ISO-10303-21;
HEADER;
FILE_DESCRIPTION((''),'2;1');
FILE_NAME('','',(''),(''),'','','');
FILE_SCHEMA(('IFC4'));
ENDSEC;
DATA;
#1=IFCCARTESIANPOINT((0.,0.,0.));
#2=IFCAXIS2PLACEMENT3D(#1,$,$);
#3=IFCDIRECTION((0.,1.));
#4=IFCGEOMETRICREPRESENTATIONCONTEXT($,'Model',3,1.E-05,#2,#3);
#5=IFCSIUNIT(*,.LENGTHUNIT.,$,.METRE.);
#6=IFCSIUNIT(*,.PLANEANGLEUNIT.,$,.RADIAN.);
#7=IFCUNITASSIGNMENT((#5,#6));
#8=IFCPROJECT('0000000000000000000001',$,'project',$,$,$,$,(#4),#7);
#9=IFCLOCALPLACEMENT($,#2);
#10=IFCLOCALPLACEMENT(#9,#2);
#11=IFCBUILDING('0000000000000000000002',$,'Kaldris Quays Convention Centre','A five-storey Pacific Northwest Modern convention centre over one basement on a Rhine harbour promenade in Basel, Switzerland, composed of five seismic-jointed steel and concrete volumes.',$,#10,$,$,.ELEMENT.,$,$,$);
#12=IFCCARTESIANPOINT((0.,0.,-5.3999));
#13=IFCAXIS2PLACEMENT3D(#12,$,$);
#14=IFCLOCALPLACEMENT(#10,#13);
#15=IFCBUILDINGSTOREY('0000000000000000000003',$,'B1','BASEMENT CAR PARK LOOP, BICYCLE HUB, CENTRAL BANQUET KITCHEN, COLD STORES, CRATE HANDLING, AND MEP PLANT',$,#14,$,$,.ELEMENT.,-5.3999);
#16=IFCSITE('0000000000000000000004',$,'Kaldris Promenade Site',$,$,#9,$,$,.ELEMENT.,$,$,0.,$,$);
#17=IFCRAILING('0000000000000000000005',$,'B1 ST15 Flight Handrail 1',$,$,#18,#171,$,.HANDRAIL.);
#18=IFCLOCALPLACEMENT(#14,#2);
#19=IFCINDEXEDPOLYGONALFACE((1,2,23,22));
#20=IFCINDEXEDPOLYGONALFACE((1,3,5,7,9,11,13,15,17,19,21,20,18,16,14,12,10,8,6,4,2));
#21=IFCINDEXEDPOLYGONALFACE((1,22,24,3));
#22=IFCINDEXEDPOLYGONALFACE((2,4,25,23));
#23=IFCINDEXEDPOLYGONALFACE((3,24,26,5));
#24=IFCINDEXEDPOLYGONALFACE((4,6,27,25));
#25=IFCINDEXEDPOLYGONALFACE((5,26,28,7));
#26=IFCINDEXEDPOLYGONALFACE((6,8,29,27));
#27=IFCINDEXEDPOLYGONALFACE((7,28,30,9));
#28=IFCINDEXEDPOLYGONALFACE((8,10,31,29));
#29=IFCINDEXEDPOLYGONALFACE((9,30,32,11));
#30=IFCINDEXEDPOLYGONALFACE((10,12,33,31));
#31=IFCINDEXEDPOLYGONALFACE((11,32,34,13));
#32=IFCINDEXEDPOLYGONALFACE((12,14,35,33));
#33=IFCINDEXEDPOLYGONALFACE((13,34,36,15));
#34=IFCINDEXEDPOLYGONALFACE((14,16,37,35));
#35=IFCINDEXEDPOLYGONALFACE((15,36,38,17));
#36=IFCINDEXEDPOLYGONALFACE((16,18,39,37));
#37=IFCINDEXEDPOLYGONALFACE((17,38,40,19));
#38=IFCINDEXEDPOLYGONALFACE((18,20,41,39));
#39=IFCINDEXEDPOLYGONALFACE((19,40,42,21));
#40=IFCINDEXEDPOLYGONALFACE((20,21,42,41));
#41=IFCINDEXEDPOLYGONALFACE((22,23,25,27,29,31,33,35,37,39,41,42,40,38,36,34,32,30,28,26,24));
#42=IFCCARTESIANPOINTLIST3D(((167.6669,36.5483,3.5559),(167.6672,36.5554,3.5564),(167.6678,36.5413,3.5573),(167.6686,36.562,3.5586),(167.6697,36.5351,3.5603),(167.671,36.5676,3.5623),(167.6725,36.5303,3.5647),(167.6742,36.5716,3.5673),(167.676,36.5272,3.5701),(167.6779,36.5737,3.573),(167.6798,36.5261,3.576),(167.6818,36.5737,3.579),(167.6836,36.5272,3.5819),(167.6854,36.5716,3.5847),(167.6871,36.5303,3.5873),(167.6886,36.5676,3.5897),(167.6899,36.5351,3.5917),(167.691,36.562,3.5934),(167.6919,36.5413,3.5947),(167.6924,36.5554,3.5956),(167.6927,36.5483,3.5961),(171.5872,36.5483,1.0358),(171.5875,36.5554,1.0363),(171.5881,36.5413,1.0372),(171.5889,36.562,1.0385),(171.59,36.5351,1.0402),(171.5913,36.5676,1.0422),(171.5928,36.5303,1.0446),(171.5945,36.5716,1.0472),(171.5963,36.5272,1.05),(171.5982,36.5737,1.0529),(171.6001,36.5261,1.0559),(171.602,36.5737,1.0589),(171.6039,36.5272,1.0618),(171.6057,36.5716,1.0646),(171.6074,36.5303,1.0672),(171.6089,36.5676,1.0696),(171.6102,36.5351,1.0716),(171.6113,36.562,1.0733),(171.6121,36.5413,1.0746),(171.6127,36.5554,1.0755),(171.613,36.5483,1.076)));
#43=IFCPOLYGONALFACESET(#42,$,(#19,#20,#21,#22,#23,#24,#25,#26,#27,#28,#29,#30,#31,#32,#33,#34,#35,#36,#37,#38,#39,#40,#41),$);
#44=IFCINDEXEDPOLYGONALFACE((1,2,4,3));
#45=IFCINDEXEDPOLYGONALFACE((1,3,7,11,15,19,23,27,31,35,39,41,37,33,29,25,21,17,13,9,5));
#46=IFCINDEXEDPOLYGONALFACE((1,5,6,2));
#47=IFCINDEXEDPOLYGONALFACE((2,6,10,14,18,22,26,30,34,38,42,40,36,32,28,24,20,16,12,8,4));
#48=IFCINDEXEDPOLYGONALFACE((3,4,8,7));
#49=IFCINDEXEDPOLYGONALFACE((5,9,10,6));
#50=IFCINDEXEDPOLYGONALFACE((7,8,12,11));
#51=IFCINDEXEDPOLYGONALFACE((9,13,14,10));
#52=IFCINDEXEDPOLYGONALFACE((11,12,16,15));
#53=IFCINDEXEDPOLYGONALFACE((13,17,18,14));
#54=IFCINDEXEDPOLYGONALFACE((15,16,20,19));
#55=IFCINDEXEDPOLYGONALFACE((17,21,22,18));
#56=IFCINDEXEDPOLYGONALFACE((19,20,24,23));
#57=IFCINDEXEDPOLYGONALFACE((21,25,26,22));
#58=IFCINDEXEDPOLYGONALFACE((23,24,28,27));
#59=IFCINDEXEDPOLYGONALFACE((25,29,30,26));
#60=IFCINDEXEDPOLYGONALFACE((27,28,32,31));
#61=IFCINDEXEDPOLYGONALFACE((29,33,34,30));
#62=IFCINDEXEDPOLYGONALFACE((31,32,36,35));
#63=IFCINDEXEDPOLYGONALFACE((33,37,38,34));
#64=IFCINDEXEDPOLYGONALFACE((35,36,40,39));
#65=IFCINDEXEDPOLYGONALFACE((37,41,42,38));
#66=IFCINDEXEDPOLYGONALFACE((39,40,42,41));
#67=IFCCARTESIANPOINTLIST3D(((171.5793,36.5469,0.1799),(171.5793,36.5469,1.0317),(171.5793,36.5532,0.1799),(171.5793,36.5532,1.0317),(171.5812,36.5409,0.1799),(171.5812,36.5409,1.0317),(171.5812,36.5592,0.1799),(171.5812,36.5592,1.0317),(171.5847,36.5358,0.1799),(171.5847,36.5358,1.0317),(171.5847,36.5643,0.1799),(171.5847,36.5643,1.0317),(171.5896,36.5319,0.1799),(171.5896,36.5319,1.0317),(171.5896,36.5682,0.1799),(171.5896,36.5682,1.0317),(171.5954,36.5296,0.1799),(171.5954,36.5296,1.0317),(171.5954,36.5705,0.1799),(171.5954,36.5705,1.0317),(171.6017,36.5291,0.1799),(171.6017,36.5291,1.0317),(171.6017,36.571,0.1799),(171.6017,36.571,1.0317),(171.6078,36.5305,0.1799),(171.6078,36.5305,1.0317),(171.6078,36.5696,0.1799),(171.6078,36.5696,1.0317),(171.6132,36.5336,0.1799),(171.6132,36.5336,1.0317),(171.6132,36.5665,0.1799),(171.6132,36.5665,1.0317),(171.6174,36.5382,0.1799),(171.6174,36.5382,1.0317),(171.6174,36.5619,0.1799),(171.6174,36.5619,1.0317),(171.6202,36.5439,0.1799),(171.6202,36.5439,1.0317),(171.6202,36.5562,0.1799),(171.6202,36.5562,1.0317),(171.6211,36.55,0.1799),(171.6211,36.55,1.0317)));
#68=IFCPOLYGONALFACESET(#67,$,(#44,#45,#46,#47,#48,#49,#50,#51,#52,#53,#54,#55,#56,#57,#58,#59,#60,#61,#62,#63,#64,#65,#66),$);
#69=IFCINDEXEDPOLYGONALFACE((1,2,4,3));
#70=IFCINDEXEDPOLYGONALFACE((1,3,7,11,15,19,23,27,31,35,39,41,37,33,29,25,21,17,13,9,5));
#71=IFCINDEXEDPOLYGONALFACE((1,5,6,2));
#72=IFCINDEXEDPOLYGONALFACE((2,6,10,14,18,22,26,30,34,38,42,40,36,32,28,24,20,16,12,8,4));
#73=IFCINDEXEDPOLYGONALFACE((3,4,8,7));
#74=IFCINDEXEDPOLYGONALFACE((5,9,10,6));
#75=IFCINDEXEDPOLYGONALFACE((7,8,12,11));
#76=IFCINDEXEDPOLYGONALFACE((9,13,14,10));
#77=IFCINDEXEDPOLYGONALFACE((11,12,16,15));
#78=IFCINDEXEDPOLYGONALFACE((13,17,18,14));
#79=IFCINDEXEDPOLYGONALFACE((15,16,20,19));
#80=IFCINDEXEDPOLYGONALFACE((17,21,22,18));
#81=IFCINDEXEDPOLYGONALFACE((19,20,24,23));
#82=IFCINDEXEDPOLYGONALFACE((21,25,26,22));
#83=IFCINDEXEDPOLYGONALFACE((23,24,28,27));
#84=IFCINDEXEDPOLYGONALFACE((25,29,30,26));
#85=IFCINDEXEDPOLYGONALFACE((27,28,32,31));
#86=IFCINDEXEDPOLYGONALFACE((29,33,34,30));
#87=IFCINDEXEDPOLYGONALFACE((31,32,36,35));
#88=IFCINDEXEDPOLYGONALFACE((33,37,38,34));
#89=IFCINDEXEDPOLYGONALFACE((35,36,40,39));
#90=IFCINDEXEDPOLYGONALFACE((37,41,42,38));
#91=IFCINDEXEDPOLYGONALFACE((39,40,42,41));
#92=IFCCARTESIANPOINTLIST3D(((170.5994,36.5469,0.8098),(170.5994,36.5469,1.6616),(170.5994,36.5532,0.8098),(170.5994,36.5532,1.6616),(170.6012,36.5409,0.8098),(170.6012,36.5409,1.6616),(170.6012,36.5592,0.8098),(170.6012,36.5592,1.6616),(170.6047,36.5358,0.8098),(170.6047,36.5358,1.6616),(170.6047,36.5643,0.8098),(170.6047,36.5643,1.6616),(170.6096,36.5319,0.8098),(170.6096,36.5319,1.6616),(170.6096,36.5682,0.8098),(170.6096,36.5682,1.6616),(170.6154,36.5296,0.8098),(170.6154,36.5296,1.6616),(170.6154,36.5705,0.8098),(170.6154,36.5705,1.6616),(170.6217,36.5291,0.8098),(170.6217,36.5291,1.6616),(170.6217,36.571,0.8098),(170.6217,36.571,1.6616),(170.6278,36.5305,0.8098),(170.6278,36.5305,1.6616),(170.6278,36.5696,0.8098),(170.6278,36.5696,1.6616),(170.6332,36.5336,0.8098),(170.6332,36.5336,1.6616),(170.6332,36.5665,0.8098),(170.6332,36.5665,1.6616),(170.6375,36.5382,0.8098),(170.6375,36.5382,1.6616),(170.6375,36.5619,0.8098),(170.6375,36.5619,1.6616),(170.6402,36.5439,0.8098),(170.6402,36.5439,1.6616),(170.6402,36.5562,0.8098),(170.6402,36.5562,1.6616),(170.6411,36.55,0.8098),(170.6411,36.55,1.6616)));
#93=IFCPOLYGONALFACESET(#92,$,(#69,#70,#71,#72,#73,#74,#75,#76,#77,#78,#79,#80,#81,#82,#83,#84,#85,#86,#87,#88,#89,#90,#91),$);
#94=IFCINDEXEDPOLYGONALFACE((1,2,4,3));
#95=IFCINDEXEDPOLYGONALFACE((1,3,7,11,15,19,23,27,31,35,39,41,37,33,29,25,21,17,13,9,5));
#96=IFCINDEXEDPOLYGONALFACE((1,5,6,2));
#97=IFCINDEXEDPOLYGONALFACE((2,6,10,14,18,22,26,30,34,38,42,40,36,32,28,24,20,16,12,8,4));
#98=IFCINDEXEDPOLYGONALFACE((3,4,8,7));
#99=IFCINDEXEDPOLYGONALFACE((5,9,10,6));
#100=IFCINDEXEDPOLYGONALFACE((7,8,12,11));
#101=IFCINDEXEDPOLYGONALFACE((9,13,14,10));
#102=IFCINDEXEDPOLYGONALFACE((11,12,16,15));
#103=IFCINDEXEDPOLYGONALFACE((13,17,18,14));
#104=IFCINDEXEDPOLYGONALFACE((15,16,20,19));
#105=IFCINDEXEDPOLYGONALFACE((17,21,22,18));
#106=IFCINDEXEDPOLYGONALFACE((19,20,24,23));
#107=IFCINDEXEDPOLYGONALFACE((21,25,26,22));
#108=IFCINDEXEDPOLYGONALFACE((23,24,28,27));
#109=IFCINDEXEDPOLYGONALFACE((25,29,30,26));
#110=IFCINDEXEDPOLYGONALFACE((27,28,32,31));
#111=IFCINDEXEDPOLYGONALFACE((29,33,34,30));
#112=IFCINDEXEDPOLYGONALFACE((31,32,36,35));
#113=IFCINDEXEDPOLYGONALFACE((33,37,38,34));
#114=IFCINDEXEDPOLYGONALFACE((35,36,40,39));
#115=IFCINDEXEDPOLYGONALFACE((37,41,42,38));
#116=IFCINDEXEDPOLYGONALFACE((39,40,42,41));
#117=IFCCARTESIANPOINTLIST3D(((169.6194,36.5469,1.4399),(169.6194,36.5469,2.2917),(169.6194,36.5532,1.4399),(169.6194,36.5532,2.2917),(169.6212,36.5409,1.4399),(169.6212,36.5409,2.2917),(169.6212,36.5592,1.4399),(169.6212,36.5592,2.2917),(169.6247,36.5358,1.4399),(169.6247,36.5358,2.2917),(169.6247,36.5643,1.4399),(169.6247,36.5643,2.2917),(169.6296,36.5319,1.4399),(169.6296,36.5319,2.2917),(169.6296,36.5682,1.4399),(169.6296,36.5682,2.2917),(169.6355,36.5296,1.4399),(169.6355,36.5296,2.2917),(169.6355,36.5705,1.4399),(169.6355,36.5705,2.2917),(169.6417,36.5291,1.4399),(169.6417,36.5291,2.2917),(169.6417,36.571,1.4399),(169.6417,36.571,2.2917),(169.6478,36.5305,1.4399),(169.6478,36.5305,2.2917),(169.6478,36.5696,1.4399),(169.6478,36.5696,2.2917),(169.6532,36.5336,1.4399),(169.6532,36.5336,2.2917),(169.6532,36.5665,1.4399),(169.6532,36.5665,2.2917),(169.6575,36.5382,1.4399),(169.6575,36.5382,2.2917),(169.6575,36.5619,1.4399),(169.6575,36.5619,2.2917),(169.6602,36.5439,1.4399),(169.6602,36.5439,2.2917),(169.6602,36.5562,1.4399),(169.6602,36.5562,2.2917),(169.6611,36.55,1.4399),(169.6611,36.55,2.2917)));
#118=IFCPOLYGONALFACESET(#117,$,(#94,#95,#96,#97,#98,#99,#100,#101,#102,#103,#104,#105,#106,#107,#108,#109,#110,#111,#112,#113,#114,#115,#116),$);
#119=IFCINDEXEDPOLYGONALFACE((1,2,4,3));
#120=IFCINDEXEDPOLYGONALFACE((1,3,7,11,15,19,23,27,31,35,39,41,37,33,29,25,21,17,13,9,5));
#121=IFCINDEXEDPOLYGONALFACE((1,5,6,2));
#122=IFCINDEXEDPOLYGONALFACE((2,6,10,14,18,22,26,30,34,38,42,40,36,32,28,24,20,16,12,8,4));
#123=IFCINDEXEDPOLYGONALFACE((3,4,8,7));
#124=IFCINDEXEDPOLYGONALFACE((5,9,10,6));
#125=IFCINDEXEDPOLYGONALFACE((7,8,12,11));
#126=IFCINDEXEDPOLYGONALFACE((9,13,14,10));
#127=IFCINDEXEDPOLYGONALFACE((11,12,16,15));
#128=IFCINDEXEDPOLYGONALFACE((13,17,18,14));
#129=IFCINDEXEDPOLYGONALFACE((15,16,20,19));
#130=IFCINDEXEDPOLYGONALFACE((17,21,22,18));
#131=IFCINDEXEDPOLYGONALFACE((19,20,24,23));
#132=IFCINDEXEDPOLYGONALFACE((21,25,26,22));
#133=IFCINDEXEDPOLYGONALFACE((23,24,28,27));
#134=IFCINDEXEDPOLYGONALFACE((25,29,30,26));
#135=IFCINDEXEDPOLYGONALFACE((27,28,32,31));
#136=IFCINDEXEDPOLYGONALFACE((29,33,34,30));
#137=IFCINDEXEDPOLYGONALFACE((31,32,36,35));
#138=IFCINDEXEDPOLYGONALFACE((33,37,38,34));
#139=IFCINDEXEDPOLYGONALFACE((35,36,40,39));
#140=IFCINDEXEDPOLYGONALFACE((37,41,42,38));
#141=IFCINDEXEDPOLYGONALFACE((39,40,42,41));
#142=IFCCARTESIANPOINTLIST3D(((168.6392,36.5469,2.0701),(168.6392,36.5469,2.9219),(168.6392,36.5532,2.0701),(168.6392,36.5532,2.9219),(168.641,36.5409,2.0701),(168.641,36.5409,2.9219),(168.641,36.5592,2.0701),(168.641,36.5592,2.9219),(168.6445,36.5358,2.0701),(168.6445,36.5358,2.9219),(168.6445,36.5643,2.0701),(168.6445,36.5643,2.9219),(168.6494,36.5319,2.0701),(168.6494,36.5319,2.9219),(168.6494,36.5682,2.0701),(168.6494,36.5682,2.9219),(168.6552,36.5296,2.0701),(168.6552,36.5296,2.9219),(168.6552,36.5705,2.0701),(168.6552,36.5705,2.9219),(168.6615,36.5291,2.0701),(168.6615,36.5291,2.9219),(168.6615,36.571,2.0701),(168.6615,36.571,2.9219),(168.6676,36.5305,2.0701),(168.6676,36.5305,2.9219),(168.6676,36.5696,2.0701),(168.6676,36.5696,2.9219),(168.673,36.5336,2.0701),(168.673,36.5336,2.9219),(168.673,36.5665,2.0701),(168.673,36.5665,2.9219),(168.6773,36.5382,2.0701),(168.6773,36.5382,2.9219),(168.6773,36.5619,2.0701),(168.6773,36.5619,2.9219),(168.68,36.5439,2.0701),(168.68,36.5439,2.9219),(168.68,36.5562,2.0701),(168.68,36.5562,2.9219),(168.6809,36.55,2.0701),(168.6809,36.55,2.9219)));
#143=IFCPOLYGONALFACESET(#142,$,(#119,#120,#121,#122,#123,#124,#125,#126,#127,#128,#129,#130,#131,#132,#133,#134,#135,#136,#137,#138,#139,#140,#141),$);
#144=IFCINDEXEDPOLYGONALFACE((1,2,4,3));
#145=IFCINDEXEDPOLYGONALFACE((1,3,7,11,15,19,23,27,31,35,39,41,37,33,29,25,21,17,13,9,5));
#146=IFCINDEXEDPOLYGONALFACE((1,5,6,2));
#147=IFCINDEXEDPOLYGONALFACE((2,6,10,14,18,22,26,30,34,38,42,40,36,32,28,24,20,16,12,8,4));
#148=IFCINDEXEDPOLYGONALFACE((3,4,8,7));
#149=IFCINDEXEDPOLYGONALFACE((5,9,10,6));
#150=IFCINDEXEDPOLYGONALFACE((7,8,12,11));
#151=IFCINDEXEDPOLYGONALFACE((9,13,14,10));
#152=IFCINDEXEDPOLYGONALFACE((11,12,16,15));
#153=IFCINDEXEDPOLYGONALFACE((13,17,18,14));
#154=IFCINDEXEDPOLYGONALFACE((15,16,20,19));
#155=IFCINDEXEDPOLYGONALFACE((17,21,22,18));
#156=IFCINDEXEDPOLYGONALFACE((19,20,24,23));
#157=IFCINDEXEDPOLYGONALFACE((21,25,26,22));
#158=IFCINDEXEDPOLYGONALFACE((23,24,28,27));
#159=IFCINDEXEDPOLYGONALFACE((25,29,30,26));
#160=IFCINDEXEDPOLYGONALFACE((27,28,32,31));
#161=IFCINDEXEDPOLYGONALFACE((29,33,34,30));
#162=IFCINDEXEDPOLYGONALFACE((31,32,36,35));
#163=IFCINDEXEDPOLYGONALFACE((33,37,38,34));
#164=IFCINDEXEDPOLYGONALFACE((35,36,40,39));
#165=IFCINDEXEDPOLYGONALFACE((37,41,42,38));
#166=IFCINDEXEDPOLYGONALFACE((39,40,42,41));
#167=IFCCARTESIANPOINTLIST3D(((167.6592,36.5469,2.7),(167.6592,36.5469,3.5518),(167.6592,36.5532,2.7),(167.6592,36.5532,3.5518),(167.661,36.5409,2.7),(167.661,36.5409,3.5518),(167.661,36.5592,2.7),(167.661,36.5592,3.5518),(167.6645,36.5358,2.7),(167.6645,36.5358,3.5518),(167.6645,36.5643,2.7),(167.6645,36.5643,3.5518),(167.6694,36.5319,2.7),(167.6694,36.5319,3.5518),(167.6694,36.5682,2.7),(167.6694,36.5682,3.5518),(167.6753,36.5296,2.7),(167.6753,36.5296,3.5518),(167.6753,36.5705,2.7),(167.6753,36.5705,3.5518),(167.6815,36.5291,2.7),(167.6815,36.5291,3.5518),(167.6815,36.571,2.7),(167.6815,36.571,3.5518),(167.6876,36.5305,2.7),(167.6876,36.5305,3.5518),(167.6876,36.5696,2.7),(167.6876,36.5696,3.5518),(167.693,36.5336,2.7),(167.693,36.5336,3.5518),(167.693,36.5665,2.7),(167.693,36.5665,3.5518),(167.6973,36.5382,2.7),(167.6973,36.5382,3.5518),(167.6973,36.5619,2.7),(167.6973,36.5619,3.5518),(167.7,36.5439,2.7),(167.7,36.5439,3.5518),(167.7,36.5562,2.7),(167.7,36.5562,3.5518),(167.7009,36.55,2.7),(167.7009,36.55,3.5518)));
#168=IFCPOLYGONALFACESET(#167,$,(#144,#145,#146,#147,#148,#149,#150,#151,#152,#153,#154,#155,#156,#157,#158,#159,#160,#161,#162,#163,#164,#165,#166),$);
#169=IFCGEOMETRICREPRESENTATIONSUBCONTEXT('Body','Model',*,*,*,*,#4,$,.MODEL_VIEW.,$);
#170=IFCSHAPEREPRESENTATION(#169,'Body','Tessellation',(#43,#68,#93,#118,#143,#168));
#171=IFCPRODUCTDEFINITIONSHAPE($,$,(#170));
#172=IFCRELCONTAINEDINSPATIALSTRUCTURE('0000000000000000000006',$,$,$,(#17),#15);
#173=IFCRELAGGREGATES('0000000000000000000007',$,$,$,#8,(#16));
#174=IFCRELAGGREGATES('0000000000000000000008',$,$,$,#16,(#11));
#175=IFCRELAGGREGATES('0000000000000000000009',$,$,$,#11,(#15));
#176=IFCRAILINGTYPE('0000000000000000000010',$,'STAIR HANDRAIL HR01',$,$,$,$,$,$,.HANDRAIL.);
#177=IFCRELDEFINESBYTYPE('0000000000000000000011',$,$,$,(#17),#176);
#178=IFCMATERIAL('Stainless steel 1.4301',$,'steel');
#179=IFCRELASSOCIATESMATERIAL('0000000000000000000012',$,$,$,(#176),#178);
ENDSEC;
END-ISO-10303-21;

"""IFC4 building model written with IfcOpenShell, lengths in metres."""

from ifc_helpers import new_model, si_unit, direction, frame, origin, origin_2d, place, context, subcontext, project, spatial, circle, extrude, material, type_object, element, save


model = new_model("IFC4")

# Units and contexts
model_context = context("Model", 3, precision=1e-05, world=origin(), true_north=direction((0.0, 1.0)))
body_context = subcontext(model_context, "Body", "Model", "MODEL_VIEW")
ifc_project = project(units=[si_unit("LENGTHUNIT", "METRE"), si_unit("PLANEANGLEUNIT", "RADIAN")], contexts=[model_context])

# Site, building, storey
site_placement = place(None, origin())
site = spatial("IfcSite", under=ifc_project, at=site_placement, Name="Kaldris Promenade Site", CompositionType="ELEMENT", RefElevation=0.0)
building_placement = place(site_placement, origin())
building = spatial("IfcBuilding", under=site, at=building_placement, Name="Kaldris Quays Convention Centre", Description="A five-storey Pacific Northwest Modern convention centre over one basement on a Rhine harbour promenade in Basel, Switzerland, composed of five seismic-jointed steel and concrete volumes.", CompositionType="ELEMENT")
storey_placement = place(building_placement, frame((0.0, 0.0, -5.3999)))
storey = spatial("IfcBuildingStorey", under=building, at=storey_placement, Name="B1", Description="BASEMENT CAR PARK LOOP, BICYCLE HUB, CENTRAL BANQUET KITCHEN, COLD STORES, CRATE HANDLING, AND MEP PLANT", CompositionType="ELEMENT", Elevation=-5.3999)

# Railing
ifc_material_1 = material(Name="Stainless steel 1.4301", Category="steel")
railing_type_1 = type_object("IfcRailingType", Name="STAIR HANDRAIL HR01", PredefinedType="HANDRAIL", material=ifc_material_1)
railing_1_placement = place(storey_placement, frame((171.6001, 36.55, 0.1799)))
element("IfcRailing", 1, at=railing_1_placement, inside=storey, type_object=railing_type_1, Name="B1 ST15 Flight Handrail 1", PredefinedType="HANDRAIL", context=body_context, shape_type="SweptSolid", body=[
    extrude(circle(Radius=0.0239, at=origin_2d()), frame((0.0, 0.0, 0.876), z_axis=(-0.841187, 0.0, 0.540744), x_axis=(0.0, -1.0, 0.0)), (0.0, 0.0, 1.0), 4.6604),
    extrude(circle(Radius=0.021, at=origin_2d()), origin(), (0.0, 0.0, 1.0), 0.8518),
    extrude(circle(Radius=0.021, at=origin_2d()), frame((-0.98, 0.0, 0.6299)), (0.0, 0.0, 1.0), 0.8518),
    extrude(circle(Radius=0.021, at=origin_2d()), frame((-1.96, 0.0, 1.26)), (0.0, 0.0, 1.0), 0.8518),
    extrude(circle(Radius=0.021, at=origin_2d()), frame((-2.9402, 0.0, 1.8901)), (0.0, 0.0, 1.0), 0.8518),
    extrude(circle(Radius=0.021, at=origin_2d()), frame((-3.9202, 0.0, 2.52)), (0.0, 0.0, 1.0), 0.8518),
])

save(model, "model.ifc")
